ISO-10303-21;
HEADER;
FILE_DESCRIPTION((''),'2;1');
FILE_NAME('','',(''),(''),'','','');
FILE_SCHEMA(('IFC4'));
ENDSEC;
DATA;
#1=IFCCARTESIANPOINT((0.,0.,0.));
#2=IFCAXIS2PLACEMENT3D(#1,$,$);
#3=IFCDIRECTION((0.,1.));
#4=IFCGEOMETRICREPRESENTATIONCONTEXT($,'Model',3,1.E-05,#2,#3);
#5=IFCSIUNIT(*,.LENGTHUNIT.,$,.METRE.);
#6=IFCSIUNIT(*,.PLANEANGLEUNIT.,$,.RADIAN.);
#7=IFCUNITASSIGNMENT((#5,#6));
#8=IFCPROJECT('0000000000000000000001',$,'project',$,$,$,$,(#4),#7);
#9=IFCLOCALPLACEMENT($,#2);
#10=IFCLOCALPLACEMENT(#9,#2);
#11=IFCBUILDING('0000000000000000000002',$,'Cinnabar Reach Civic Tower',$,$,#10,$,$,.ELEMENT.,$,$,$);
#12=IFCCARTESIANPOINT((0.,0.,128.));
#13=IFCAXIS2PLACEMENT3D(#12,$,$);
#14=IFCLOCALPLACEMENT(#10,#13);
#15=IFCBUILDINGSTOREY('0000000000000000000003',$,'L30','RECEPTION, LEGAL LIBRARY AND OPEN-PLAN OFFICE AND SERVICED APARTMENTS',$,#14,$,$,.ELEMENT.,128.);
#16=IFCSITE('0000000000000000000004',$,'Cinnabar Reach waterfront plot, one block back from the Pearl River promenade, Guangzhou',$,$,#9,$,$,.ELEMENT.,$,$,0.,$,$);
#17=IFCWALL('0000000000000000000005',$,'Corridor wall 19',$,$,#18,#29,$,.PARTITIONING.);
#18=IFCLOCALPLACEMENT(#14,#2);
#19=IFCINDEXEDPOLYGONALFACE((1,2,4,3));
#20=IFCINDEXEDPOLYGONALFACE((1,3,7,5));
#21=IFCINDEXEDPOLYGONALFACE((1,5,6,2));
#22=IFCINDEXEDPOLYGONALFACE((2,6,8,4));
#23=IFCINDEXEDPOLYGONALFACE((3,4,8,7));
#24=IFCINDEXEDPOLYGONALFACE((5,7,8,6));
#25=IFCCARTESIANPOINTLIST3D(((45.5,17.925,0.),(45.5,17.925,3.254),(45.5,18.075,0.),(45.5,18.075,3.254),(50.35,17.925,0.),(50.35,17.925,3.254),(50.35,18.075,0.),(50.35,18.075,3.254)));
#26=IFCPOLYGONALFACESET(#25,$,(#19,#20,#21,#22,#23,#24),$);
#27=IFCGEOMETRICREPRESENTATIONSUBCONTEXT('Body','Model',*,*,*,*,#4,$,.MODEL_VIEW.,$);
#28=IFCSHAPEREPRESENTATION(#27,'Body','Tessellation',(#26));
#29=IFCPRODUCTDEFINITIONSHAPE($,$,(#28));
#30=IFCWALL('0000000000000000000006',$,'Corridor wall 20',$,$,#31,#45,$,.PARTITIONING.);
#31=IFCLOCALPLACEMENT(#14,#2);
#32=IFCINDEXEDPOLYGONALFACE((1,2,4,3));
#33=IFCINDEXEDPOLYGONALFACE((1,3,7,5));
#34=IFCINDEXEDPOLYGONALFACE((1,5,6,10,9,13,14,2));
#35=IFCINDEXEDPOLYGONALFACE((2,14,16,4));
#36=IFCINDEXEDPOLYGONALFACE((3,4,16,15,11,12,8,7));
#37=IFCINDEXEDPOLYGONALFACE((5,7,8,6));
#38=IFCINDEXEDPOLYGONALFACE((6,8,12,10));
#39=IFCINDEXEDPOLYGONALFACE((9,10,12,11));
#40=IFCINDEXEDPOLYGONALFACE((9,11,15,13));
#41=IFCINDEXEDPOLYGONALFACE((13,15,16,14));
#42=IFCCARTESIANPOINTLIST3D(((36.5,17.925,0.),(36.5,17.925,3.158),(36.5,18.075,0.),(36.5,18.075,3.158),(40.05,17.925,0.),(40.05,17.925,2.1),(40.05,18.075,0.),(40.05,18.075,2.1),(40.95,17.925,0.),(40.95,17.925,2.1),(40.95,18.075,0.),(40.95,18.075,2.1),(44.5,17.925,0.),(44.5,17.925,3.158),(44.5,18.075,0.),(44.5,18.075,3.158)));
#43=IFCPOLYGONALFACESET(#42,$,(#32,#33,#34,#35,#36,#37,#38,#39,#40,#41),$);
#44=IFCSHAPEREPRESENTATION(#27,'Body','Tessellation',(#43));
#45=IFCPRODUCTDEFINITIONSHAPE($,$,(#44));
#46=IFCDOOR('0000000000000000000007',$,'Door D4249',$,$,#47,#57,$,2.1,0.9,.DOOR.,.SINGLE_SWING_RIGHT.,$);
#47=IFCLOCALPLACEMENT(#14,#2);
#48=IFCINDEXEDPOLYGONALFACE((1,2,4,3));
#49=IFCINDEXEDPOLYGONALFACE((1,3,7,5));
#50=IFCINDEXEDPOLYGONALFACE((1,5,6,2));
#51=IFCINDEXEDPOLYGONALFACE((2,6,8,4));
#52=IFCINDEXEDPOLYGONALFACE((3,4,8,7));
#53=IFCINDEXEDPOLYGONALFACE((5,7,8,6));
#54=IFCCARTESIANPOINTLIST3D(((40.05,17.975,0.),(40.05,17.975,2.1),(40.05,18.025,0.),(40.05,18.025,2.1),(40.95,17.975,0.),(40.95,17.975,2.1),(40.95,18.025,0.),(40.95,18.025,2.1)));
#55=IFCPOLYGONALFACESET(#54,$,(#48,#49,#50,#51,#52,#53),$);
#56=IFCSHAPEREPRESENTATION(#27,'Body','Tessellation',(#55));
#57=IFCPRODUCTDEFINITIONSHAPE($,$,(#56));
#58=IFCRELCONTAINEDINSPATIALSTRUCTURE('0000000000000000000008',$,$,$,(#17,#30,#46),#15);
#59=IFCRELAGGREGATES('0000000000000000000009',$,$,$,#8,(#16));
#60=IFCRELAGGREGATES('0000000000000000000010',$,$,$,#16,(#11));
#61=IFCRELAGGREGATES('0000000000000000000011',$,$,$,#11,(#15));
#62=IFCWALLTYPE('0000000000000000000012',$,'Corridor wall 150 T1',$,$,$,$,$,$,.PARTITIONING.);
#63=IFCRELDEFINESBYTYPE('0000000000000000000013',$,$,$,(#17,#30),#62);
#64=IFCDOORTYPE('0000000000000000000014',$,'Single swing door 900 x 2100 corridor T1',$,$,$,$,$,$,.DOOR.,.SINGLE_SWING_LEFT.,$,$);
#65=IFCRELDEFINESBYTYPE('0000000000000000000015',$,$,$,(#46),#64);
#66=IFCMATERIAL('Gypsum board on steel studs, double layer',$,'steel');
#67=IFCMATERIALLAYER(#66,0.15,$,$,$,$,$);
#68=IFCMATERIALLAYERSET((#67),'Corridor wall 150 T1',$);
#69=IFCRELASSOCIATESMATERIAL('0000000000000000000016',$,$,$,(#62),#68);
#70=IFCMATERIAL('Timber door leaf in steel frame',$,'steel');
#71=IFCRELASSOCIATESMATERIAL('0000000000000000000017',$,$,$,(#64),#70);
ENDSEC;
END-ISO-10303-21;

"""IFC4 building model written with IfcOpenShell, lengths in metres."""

from ifc_helpers import new_model, si_unit, direction, frame, frame_2d, origin, place, context, subcontext, project, spatial, rectangle, extrude, material, layer, layer_set, type_object, element, fill, save


model = new_model("IFC4")

# Units and contexts
model_context = context("Model", 3, precision=1e-05, world=origin(), true_north=direction((0.0, 1.0)))
body_context = subcontext(model_context, "Body", "Model", "MODEL_VIEW")
ifc_project = project(units=[si_unit("LENGTHUNIT", "METRE"), si_unit("PLANEANGLEUNIT", "RADIAN")], contexts=[model_context])

# Site, building, storey
site_placement = place(None, origin())
site = spatial("IfcSite", under=ifc_project, at=site_placement, Name="Cinnabar Reach waterfront plot, one block back from the Pearl River promenade, Guangzhou", CompositionType="ELEMENT", RefElevation=0.0)
building_placement = place(site_placement, origin())
building = spatial("IfcBuilding", under=site, at=building_placement, Name="Cinnabar Reach Civic Tower", CompositionType="ELEMENT")
storey_placement = place(building_placement, frame((0.0, 0.0, 128.0)))
storey = spatial("IfcBuildingStorey", under=building, at=storey_placement, Name="L30", Description="RECEPTION, LEGAL LIBRARY AND OPEN-PLAN OFFICE AND SERVICED APARTMENTS", CompositionType="ELEMENT", Elevation=128.0)

# Wall
ifc_material_1 = material(Name="Gypsum board on steel studs, double layer", Category="steel")
ifc_layer_1 = layer(ifc_material_1, 0.15)
ifc_layer_set_1 = layer_set([ifc_layer_1], Name="Corridor wall 150 T1")
wall_type_1 = type_object("IfcWallType", Name="Corridor wall 150 T1", PredefinedType="PARTITIONING", material=ifc_layer_set_1)
wall_1_placement = place(storey_placement, frame((45.5, 18.0, 0.0), z_axis=(0.0, 0.0, 1.0), x_axis=(1.0, 0.0, 0.0)))
element("IfcWall", 1, at=wall_1_placement, inside=storey, type_object=wall_type_1, Name="Corridor wall 19", PredefinedType="PARTITIONING", context=body_context, shape_type="SweptSolid", body=[
    extrude(rectangle(XDim=4.85, YDim=0.15, at=frame_2d((2.425, 0.0))), origin(), (0.0, 0.0, 1.0), 3.254),
])

# Wall, opening, door
wall_2_placement = place(storey_placement, frame((36.5, 18.0, 0.0), z_axis=(0.0, 0.0, 1.0), x_axis=(1.0, 0.0, 0.0)))
wall_2 = element("IfcWall", 2, at=wall_2_placement, inside=storey, type_object=wall_type_1, Name="Corridor wall 20", PredefinedType="PARTITIONING", context=body_context, shape_type="SweptSolid", body=[
    extrude(rectangle(XDim=8.0, YDim=0.15, at=frame_2d((4.0, 0.0))), origin(), (0.0, 0.0, 1.0), 3.158),
])
opening_1_placement = place(wall_2_placement, frame((3.55, 0.0, 0.0)))
opening_1 = element("IfcOpeningElement", 3, at=opening_1_placement, cuts=wall_2, PredefinedType="OPENING", context=body_context, shape_type="SweptSolid", body=[
    extrude(rectangle(XDim=0.9, YDim=2.1, at=frame_2d((0.45, 1.05))), frame((0.0, 0.085, 0.0), z_axis=(0.0, -1.0, 0.0), x_axis=(1.0, 0.0, 0.0)), (0.0, 0.0, 1.0), 0.17),
])
ifc_material_2 = material(Name="Timber door leaf in steel frame", Category="steel")
door_type = type_object("IfcDoorType", Name="Single swing door 900 x 2100 corridor T1", OperationType="SINGLE_SWING_LEFT", PredefinedType="DOOR", material=ifc_material_2)
door_placement = place(opening_1_placement, frame((0.9, 0.0, 0.0), z_axis=(0.0, 0.0, 1.0), x_axis=(-1.0, 0.0, 0.0)))
door = element("IfcDoor", 4, at=door_placement, inside=storey, type_object=door_type, Name="Door D4249", OperationType="SINGLE_SWING_RIGHT", OverallHeight=2.1, OverallWidth=0.9, PredefinedType="DOOR", context=body_context, shape_type="SweptSolid", body=[
    extrude(rectangle(XDim=0.9, YDim=2.1, at=frame_2d((0.45, 1.05))), frame((0.0, 0.025, 0.0), z_axis=(0.0, -1.0, 0.0), x_axis=(1.0, 0.0, 0.0)), (0.0, 0.0, 1.0), 0.05),
])
fill(opening_1, door)

save(model, "model.ifc")
